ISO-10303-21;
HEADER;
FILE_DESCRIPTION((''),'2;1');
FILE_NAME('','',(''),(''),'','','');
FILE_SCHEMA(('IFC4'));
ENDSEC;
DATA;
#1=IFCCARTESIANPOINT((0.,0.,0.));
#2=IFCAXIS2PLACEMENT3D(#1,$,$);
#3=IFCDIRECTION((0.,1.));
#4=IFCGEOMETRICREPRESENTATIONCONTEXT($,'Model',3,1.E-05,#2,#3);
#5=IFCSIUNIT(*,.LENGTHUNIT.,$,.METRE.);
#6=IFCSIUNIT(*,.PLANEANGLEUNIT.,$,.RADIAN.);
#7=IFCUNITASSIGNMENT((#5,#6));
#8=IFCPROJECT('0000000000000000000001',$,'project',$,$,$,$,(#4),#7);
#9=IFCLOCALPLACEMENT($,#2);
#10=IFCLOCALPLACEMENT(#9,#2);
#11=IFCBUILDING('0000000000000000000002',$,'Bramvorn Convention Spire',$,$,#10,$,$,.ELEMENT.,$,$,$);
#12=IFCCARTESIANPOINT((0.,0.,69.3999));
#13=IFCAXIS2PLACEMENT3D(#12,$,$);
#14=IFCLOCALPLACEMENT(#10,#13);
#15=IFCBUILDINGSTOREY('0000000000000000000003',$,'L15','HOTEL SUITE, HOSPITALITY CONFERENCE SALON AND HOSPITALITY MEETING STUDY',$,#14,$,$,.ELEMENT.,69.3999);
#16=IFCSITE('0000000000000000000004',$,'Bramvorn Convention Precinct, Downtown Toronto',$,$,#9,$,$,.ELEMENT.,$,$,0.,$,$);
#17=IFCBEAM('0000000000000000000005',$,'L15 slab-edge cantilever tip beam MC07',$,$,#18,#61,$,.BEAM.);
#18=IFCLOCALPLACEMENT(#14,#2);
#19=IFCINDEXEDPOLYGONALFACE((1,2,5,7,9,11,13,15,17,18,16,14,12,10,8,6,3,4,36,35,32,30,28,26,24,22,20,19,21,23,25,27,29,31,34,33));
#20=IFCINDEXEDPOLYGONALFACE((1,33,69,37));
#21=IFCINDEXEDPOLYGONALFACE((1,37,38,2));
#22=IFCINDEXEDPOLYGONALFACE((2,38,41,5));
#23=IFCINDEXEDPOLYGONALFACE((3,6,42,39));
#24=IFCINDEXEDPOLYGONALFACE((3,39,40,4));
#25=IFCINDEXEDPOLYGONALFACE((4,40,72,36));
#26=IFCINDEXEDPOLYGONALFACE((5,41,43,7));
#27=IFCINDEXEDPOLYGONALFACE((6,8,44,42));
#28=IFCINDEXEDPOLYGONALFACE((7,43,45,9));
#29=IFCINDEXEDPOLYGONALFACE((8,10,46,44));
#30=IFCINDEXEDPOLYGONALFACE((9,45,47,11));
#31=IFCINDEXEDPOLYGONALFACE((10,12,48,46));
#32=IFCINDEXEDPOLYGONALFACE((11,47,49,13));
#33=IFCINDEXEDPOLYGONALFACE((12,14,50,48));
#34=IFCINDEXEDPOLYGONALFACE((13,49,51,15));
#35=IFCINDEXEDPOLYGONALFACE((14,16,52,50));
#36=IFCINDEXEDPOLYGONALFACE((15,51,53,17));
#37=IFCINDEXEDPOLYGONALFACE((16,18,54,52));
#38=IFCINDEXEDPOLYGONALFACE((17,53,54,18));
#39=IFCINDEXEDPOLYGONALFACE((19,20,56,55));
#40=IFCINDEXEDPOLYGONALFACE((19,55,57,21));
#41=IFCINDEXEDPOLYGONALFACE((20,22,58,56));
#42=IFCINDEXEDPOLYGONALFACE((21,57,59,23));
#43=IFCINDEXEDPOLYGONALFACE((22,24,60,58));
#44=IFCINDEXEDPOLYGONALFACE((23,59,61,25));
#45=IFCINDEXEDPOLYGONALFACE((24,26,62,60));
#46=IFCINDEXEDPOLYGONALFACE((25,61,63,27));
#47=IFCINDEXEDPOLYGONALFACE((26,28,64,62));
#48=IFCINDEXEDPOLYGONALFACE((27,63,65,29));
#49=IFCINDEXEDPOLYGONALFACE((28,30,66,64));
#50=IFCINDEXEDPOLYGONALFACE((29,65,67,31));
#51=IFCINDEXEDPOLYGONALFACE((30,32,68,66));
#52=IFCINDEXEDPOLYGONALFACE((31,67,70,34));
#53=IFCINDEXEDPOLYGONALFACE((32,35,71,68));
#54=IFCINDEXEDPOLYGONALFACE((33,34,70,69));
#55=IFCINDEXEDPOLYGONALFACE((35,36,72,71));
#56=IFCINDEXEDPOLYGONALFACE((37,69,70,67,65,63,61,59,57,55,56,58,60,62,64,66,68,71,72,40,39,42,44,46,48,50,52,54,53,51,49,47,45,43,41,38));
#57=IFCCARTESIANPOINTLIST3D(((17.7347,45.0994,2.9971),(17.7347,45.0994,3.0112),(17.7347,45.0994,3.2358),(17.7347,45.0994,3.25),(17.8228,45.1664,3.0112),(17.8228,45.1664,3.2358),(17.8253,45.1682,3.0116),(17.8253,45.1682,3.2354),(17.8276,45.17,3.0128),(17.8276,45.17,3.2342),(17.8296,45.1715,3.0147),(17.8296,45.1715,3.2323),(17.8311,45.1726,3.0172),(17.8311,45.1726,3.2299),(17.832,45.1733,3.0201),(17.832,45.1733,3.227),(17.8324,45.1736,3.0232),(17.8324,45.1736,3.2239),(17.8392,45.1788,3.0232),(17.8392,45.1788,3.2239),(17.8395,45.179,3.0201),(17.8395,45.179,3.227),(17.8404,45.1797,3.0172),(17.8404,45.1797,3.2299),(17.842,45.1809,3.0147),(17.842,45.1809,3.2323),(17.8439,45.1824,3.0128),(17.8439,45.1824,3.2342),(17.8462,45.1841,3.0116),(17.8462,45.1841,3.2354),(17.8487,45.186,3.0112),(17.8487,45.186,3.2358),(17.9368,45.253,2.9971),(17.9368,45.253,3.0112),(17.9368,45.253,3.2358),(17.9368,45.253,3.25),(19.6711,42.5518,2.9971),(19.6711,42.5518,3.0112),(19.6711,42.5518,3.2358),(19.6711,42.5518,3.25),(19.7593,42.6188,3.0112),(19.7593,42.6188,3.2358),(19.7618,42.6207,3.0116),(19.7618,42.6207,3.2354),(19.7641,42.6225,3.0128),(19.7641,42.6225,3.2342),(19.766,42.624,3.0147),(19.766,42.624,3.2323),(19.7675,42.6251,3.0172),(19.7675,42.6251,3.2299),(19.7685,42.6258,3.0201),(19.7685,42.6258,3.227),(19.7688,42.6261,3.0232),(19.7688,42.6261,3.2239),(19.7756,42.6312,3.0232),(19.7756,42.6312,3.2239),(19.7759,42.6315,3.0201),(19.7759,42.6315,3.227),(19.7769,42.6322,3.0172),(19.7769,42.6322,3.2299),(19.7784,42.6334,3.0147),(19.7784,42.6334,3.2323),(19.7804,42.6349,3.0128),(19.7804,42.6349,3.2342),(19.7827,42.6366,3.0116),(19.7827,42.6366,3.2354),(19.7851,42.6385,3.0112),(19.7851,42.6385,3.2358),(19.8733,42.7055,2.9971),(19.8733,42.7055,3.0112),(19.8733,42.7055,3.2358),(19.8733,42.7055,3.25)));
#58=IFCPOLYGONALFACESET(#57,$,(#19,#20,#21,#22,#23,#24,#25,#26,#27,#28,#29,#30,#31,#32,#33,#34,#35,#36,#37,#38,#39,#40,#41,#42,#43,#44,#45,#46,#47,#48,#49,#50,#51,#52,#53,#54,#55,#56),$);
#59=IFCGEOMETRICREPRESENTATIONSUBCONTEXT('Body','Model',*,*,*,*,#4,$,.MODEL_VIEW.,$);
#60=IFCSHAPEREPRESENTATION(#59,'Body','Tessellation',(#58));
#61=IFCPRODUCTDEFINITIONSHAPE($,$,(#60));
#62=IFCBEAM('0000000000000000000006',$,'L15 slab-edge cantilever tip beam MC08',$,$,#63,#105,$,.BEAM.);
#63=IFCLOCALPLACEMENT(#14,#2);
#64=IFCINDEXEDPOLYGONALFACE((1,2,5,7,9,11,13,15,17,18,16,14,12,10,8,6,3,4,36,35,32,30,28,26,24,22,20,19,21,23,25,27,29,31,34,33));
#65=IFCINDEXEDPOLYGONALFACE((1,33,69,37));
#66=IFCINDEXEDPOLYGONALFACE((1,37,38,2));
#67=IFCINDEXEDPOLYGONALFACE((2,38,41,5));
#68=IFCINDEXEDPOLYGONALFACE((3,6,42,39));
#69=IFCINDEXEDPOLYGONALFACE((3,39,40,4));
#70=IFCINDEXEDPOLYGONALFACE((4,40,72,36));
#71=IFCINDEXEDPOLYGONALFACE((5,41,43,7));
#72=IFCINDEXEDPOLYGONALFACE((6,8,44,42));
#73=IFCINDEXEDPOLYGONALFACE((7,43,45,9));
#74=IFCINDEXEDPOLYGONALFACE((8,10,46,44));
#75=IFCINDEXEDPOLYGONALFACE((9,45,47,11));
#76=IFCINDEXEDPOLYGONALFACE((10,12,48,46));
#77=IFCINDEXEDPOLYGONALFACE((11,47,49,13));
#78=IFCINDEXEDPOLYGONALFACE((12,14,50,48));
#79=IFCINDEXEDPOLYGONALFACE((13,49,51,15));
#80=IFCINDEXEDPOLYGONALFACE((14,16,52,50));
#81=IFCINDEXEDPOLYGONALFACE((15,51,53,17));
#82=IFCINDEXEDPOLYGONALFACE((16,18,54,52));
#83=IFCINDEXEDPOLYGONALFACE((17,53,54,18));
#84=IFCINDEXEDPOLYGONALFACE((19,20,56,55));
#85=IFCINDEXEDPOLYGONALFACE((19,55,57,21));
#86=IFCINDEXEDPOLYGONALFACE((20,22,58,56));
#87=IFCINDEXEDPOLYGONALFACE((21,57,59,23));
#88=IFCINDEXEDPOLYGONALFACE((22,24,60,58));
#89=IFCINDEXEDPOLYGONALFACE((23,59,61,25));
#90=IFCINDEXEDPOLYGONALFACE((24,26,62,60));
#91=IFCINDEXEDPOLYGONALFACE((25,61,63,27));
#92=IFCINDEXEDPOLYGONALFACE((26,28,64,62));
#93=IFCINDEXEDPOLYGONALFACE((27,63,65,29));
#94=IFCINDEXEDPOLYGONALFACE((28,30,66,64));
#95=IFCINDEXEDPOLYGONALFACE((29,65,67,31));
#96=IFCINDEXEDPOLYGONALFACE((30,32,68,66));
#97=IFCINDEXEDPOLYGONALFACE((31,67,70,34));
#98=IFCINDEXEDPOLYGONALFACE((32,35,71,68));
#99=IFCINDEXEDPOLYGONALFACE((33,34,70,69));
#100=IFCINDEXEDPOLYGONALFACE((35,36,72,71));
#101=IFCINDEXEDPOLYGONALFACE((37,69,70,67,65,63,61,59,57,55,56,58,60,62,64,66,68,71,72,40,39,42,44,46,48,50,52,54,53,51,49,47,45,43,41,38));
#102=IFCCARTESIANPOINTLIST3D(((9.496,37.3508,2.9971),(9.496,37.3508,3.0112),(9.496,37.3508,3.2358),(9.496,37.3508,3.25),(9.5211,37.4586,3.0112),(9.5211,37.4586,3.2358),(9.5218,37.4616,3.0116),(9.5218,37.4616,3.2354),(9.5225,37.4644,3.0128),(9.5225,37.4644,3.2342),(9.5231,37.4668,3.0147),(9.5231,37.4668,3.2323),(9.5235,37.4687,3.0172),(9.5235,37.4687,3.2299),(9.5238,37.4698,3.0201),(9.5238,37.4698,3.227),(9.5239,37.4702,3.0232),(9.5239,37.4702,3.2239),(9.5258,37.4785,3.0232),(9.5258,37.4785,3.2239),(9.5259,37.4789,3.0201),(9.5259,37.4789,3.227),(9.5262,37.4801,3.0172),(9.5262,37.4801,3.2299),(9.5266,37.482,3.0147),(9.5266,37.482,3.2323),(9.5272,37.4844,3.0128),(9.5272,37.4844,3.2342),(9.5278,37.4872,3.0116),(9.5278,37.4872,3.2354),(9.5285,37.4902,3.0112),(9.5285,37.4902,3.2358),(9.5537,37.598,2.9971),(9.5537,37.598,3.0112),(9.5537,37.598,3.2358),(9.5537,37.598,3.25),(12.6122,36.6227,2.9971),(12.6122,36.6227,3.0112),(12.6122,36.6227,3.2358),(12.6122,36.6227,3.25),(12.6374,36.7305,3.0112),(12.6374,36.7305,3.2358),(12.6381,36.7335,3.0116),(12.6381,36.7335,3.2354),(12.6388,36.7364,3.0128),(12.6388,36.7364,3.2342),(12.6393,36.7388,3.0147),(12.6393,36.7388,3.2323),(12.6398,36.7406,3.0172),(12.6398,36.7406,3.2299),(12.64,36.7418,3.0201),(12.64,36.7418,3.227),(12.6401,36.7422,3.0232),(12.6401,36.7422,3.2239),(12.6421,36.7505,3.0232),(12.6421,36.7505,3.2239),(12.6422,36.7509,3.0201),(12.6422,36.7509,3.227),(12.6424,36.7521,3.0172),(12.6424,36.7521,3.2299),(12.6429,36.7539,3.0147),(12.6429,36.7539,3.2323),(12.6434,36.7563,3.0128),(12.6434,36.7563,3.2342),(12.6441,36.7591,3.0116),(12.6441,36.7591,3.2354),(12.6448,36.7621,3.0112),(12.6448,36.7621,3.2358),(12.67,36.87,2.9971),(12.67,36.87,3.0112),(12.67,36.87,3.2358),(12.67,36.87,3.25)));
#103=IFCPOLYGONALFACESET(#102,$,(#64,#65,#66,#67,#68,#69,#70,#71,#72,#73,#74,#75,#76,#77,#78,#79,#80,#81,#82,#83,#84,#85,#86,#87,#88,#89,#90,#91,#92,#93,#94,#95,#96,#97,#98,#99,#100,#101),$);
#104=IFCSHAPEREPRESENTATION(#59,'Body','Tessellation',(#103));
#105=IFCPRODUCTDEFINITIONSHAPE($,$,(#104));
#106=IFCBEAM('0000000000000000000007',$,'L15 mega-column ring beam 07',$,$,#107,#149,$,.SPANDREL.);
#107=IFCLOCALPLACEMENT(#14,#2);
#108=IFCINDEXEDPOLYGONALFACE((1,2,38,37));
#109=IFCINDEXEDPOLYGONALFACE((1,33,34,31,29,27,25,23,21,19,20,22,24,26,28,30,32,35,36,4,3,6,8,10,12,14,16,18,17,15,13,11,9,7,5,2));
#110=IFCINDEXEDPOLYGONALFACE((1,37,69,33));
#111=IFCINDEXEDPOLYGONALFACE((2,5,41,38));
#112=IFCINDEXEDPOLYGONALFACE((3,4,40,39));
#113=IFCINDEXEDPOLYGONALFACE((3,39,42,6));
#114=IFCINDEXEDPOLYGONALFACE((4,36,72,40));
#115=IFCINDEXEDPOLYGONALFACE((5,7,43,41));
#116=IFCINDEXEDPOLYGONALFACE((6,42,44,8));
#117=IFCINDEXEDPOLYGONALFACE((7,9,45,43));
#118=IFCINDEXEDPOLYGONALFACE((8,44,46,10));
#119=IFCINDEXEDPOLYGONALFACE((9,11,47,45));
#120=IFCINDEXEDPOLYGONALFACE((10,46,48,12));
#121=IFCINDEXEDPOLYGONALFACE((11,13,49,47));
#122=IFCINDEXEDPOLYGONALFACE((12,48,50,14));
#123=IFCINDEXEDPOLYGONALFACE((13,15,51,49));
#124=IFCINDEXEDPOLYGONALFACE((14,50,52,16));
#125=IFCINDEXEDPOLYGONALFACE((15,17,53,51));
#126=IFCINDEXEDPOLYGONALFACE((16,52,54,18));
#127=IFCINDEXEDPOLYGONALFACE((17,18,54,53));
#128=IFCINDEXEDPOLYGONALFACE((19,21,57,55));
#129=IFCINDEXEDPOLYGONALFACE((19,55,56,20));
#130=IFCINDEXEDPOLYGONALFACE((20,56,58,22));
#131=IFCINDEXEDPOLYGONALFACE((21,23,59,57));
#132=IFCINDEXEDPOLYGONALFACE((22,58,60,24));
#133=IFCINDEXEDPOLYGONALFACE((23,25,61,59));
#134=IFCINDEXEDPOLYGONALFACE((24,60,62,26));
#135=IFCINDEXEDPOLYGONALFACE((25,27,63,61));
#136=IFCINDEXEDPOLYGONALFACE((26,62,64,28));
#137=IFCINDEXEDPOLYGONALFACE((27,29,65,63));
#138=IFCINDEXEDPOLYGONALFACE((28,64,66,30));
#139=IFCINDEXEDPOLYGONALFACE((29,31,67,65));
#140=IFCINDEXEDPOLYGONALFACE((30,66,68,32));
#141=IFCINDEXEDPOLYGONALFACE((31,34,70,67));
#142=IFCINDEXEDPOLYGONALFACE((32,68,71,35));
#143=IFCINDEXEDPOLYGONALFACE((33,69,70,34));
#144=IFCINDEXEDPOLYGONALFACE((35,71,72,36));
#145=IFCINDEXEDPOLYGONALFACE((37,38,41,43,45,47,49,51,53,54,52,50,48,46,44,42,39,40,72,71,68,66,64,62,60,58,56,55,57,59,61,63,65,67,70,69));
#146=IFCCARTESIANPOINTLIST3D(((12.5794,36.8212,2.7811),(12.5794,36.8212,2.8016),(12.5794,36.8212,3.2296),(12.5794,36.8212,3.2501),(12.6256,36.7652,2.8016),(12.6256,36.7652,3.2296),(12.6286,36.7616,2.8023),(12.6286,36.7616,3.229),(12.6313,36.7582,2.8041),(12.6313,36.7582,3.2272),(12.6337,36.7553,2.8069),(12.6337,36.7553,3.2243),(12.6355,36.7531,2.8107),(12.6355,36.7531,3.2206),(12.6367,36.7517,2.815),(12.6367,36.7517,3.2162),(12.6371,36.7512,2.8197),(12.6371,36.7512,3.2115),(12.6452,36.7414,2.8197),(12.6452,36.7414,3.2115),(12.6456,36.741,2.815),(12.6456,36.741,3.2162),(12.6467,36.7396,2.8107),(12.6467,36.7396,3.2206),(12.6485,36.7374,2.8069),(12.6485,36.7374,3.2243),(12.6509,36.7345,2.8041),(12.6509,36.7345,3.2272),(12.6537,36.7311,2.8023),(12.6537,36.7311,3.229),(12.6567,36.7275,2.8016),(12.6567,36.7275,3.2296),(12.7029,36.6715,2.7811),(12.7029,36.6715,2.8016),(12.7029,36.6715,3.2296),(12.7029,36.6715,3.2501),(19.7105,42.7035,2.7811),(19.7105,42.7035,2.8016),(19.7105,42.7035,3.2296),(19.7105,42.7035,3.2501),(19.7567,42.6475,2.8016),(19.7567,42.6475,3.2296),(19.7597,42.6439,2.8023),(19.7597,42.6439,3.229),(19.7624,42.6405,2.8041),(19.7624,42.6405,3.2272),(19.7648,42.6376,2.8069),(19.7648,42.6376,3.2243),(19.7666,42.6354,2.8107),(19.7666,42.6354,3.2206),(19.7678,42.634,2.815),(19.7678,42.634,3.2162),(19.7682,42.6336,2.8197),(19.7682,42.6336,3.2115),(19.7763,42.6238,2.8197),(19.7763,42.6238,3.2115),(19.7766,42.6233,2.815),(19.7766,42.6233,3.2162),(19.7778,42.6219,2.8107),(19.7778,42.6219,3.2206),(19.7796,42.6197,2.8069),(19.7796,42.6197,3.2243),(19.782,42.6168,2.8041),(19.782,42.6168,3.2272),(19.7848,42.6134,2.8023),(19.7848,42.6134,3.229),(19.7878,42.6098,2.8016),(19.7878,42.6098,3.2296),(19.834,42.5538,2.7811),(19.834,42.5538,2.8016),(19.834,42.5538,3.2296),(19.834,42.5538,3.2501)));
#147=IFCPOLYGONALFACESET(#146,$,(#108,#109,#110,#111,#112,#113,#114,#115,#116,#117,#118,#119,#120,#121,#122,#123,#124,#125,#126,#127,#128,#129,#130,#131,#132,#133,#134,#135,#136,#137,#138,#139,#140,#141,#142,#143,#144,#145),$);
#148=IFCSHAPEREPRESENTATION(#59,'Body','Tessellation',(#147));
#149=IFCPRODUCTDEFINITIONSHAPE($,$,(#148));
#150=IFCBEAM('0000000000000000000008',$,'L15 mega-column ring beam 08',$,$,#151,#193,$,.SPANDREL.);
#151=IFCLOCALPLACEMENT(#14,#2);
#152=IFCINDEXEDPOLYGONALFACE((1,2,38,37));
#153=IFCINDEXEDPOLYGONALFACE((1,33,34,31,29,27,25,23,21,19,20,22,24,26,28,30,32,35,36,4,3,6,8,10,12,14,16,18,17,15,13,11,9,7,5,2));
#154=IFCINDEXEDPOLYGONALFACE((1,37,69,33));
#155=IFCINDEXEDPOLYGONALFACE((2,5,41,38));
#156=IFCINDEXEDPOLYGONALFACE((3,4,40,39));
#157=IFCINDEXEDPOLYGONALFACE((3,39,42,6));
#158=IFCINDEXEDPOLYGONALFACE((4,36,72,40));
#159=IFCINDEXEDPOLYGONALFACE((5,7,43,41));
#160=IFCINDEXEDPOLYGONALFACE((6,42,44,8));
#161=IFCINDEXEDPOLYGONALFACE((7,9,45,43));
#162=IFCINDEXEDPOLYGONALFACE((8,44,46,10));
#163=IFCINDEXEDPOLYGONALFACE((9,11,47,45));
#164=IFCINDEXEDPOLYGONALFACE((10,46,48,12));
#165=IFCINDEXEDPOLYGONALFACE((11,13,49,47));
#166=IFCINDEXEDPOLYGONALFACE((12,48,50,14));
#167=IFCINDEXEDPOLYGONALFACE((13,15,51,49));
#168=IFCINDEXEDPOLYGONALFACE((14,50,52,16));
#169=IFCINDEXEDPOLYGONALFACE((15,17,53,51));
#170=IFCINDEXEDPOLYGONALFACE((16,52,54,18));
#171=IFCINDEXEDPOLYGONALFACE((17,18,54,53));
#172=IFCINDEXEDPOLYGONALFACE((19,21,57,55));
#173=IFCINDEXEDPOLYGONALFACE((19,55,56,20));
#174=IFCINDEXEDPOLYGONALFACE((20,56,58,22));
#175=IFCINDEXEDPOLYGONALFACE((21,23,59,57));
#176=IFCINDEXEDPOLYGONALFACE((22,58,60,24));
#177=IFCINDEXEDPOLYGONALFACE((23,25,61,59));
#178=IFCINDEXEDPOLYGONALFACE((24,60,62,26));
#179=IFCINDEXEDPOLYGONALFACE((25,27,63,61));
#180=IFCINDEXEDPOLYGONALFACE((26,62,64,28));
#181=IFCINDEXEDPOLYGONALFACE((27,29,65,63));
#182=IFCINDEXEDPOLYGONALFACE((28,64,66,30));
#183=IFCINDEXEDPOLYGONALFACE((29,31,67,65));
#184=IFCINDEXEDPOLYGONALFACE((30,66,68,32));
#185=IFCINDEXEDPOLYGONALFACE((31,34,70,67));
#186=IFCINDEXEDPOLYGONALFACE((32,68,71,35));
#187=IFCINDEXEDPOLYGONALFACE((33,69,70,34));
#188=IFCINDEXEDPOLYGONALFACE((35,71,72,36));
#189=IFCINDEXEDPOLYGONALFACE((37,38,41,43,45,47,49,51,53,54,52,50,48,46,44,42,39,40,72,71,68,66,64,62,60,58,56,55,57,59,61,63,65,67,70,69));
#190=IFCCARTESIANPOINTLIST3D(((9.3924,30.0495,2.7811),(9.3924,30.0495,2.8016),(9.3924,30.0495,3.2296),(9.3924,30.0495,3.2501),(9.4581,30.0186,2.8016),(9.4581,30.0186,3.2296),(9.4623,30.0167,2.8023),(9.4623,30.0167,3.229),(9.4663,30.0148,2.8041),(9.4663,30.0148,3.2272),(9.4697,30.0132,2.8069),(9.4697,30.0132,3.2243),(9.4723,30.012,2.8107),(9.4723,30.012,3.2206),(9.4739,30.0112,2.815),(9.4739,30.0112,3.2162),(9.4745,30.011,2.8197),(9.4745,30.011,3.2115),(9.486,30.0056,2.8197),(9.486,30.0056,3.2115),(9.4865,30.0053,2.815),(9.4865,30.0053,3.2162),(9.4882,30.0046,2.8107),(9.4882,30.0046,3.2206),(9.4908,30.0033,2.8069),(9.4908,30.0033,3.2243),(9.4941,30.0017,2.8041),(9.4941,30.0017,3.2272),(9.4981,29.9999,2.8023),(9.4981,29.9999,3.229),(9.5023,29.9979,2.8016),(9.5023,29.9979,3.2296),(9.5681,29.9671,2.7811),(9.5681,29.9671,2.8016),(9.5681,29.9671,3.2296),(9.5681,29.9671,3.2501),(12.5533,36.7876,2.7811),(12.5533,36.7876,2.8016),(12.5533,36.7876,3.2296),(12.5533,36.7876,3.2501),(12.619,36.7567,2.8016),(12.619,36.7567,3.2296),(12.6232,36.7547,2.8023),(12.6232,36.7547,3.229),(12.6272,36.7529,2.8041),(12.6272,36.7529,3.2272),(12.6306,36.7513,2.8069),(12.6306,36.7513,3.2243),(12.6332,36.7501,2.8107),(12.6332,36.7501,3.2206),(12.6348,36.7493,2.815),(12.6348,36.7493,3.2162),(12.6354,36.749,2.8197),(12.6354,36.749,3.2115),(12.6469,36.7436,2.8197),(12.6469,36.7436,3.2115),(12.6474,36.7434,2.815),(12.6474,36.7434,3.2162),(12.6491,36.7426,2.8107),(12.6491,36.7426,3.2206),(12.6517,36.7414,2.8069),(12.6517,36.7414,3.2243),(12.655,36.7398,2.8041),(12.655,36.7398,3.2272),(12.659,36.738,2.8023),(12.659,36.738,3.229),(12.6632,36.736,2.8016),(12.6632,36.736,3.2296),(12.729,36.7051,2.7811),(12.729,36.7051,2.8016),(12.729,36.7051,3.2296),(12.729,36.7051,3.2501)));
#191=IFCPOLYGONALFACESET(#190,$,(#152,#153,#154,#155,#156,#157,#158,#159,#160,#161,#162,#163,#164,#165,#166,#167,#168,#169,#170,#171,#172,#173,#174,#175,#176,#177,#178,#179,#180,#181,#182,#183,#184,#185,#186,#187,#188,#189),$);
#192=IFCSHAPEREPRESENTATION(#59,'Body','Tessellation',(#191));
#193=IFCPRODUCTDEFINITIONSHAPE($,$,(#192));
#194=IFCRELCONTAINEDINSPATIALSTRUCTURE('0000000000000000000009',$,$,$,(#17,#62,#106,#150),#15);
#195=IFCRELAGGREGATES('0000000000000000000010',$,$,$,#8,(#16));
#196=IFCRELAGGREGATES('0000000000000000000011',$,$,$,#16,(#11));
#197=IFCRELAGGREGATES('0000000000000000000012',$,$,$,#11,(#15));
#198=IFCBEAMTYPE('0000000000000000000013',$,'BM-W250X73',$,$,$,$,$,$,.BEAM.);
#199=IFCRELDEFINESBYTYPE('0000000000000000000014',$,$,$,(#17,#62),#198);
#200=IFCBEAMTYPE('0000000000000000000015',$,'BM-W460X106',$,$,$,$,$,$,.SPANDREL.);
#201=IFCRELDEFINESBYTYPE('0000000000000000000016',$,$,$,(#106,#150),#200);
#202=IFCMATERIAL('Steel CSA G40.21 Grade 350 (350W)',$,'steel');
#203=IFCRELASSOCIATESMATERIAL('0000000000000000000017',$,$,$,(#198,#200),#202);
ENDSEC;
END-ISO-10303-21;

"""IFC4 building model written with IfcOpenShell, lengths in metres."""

from ifc_helpers import new_model, si_unit, direction, frame, origin, origin_2d, place, context, subcontext, project, spatial, i_section, extrude, material, material_profile, profile_set, type_object, element, save


model = new_model("IFC4")

# Units and contexts
model_context = context("Model", 3, precision=1e-05, world=origin(), true_north=direction((0.0, 1.0)))
body_context = subcontext(model_context, "Body", "Model", "MODEL_VIEW")
ifc_project = project(units=[si_unit("LENGTHUNIT", "METRE"), si_unit("PLANEANGLEUNIT", "RADIAN")], contexts=[model_context])

# Site, building, storey
site_placement = place(None, origin())
site = spatial("IfcSite", under=ifc_project, at=site_placement, Name="Bramvorn Convention Precinct, Downtown Toronto", CompositionType="ELEMENT", RefElevation=0.0)
building_placement = place(site_placement, origin())
building = spatial("IfcBuilding", under=site, at=building_placement, Name="Bramvorn Convention Spire", CompositionType="ELEMENT")
storey_placement = place(building_placement, frame((0.0, 0.0, 69.3999)))
storey = spatial("IfcBuildingStorey", under=building, at=storey_placement, Name="L15", Description="HOTEL SUITE, HOSPITALITY CONFERENCE SALON AND HOSPITALITY MEETING STUDY", CompositionType="ELEMENT", Elevation=69.3999)

# Shared definitions
ifc_material_1 = material(Name="Steel CSA G40.21 Grade 350 (350W)", Category="steel")

# Beams
ifc_material_profile_1 = material_profile(ifc_material_1, i_section(OverallWidth=0.2539, OverallDepth=0.2529, WebThickness=0.0085, FlangeThickness=0.0142, FilletRadius=0.012, at=origin_2d()))
ifc_profile_set_1 = profile_set([ifc_material_profile_1], Name="Steel CSA G40.21 Grade 350 (350W) - W250X73")
beam_type_1 = type_object("IfcBeamType", Name="BM-W250X73", PredefinedType="BEAM", material=ifc_profile_set_1)
beam_1_placement = place(storey_placement, frame((19.7722, 42.6287, 3.1235), z_axis=(-0.605151, 0.796111, 0.0), x_axis=(-0.796111, -0.605151, 0.0)))
element("IfcBeam", 1, at=beam_1_placement, inside=storey, type_object=beam_type_1, Name="L15 slab-edge cantilever tip beam MC07", PredefinedType="BEAM", context=body_context, shape_type="SweptSolid", body=[
    extrude(i_section(OverallWidth=0.2539, OverallDepth=0.2529, WebThickness=0.0085, FlangeThickness=0.0142, FilletRadius=0.012, at=origin_2d()), origin(), (0.0, 0.0, 1.0), 3.2),
])
beam_2_placement = place(storey_placement, frame((12.6411, 36.7463, 3.1235), z_axis=(-0.973778, 0.2275, 0.0), x_axis=(-0.2275, -0.973778, 0.0)))
element("IfcBeam", 2, at=beam_2_placement, inside=storey, type_object=beam_type_1, Name="L15 slab-edge cantilever tip beam MC08", PredefinedType="BEAM", context=body_context, shape_type="SweptSolid", body=[
    extrude(i_section(OverallWidth=0.2539, OverallDepth=0.2529, WebThickness=0.0085, FlangeThickness=0.0142, FilletRadius=0.012, at=origin_2d()), origin(), (0.0, 0.0, 1.0), 3.2002),
])
ifc_material_profile_2 = material_profile(ifc_material_1, i_section(OverallWidth=0.1941, OverallDepth=0.469, WebThickness=0.0127, FlangeThickness=0.0205, FilletRadius=0.0181, at=origin_2d()))
ifc_profile_set_2 = profile_set([ifc_material_profile_2], Name="Steel CSA G40.21 Grade 350 (350W) - W460X106")
beam_type_2 = type_object("IfcBeamType", Name="BM-W460X106", PredefinedType="SPANDREL", material=ifc_profile_set_2)
beam_3_placement = place(storey_placement, frame((19.7722, 42.6287, 3.0156), z_axis=(-0.771418, -0.636329, 0.0), x_axis=(0.636329, -0.771418, 0.0)))
element("IfcBeam", 3, at=beam_3_placement, inside=storey, type_object=beam_type_2, Name="L15 mega-column ring beam 07", PredefinedType="SPANDREL", context=body_context, shape_type="SweptSolid", body=[
    extrude(i_section(OverallWidth=0.1941, OverallDepth=0.469, WebThickness=0.0127, FlangeThickness=0.0205, FilletRadius=0.0181, at=origin_2d()), origin(), (0.0, 0.0, 1.0), 9.2441),
])
beam_4_placement = place(storey_placement, frame((12.6411, 36.7463, 3.0156), z_axis=(-0.424702, -0.905333, 0.0), x_axis=(0.905333, -0.424702, 0.0)))
element("IfcBeam", 4, at=beam_4_placement, inside=storey, type_object=beam_type_2, Name="L15 mega-column ring beam 08", PredefinedType="SPANDREL", context=body_context, shape_type="SweptSolid", body=[
    extrude(i_section(OverallWidth=0.1941, OverallDepth=0.469, WebThickness=0.0127, FlangeThickness=0.0205, FilletRadius=0.0181, at=origin_2d()), origin(), (0.0, 0.0, 1.0), 7.4426),
])

save(model, "model.ifc")
